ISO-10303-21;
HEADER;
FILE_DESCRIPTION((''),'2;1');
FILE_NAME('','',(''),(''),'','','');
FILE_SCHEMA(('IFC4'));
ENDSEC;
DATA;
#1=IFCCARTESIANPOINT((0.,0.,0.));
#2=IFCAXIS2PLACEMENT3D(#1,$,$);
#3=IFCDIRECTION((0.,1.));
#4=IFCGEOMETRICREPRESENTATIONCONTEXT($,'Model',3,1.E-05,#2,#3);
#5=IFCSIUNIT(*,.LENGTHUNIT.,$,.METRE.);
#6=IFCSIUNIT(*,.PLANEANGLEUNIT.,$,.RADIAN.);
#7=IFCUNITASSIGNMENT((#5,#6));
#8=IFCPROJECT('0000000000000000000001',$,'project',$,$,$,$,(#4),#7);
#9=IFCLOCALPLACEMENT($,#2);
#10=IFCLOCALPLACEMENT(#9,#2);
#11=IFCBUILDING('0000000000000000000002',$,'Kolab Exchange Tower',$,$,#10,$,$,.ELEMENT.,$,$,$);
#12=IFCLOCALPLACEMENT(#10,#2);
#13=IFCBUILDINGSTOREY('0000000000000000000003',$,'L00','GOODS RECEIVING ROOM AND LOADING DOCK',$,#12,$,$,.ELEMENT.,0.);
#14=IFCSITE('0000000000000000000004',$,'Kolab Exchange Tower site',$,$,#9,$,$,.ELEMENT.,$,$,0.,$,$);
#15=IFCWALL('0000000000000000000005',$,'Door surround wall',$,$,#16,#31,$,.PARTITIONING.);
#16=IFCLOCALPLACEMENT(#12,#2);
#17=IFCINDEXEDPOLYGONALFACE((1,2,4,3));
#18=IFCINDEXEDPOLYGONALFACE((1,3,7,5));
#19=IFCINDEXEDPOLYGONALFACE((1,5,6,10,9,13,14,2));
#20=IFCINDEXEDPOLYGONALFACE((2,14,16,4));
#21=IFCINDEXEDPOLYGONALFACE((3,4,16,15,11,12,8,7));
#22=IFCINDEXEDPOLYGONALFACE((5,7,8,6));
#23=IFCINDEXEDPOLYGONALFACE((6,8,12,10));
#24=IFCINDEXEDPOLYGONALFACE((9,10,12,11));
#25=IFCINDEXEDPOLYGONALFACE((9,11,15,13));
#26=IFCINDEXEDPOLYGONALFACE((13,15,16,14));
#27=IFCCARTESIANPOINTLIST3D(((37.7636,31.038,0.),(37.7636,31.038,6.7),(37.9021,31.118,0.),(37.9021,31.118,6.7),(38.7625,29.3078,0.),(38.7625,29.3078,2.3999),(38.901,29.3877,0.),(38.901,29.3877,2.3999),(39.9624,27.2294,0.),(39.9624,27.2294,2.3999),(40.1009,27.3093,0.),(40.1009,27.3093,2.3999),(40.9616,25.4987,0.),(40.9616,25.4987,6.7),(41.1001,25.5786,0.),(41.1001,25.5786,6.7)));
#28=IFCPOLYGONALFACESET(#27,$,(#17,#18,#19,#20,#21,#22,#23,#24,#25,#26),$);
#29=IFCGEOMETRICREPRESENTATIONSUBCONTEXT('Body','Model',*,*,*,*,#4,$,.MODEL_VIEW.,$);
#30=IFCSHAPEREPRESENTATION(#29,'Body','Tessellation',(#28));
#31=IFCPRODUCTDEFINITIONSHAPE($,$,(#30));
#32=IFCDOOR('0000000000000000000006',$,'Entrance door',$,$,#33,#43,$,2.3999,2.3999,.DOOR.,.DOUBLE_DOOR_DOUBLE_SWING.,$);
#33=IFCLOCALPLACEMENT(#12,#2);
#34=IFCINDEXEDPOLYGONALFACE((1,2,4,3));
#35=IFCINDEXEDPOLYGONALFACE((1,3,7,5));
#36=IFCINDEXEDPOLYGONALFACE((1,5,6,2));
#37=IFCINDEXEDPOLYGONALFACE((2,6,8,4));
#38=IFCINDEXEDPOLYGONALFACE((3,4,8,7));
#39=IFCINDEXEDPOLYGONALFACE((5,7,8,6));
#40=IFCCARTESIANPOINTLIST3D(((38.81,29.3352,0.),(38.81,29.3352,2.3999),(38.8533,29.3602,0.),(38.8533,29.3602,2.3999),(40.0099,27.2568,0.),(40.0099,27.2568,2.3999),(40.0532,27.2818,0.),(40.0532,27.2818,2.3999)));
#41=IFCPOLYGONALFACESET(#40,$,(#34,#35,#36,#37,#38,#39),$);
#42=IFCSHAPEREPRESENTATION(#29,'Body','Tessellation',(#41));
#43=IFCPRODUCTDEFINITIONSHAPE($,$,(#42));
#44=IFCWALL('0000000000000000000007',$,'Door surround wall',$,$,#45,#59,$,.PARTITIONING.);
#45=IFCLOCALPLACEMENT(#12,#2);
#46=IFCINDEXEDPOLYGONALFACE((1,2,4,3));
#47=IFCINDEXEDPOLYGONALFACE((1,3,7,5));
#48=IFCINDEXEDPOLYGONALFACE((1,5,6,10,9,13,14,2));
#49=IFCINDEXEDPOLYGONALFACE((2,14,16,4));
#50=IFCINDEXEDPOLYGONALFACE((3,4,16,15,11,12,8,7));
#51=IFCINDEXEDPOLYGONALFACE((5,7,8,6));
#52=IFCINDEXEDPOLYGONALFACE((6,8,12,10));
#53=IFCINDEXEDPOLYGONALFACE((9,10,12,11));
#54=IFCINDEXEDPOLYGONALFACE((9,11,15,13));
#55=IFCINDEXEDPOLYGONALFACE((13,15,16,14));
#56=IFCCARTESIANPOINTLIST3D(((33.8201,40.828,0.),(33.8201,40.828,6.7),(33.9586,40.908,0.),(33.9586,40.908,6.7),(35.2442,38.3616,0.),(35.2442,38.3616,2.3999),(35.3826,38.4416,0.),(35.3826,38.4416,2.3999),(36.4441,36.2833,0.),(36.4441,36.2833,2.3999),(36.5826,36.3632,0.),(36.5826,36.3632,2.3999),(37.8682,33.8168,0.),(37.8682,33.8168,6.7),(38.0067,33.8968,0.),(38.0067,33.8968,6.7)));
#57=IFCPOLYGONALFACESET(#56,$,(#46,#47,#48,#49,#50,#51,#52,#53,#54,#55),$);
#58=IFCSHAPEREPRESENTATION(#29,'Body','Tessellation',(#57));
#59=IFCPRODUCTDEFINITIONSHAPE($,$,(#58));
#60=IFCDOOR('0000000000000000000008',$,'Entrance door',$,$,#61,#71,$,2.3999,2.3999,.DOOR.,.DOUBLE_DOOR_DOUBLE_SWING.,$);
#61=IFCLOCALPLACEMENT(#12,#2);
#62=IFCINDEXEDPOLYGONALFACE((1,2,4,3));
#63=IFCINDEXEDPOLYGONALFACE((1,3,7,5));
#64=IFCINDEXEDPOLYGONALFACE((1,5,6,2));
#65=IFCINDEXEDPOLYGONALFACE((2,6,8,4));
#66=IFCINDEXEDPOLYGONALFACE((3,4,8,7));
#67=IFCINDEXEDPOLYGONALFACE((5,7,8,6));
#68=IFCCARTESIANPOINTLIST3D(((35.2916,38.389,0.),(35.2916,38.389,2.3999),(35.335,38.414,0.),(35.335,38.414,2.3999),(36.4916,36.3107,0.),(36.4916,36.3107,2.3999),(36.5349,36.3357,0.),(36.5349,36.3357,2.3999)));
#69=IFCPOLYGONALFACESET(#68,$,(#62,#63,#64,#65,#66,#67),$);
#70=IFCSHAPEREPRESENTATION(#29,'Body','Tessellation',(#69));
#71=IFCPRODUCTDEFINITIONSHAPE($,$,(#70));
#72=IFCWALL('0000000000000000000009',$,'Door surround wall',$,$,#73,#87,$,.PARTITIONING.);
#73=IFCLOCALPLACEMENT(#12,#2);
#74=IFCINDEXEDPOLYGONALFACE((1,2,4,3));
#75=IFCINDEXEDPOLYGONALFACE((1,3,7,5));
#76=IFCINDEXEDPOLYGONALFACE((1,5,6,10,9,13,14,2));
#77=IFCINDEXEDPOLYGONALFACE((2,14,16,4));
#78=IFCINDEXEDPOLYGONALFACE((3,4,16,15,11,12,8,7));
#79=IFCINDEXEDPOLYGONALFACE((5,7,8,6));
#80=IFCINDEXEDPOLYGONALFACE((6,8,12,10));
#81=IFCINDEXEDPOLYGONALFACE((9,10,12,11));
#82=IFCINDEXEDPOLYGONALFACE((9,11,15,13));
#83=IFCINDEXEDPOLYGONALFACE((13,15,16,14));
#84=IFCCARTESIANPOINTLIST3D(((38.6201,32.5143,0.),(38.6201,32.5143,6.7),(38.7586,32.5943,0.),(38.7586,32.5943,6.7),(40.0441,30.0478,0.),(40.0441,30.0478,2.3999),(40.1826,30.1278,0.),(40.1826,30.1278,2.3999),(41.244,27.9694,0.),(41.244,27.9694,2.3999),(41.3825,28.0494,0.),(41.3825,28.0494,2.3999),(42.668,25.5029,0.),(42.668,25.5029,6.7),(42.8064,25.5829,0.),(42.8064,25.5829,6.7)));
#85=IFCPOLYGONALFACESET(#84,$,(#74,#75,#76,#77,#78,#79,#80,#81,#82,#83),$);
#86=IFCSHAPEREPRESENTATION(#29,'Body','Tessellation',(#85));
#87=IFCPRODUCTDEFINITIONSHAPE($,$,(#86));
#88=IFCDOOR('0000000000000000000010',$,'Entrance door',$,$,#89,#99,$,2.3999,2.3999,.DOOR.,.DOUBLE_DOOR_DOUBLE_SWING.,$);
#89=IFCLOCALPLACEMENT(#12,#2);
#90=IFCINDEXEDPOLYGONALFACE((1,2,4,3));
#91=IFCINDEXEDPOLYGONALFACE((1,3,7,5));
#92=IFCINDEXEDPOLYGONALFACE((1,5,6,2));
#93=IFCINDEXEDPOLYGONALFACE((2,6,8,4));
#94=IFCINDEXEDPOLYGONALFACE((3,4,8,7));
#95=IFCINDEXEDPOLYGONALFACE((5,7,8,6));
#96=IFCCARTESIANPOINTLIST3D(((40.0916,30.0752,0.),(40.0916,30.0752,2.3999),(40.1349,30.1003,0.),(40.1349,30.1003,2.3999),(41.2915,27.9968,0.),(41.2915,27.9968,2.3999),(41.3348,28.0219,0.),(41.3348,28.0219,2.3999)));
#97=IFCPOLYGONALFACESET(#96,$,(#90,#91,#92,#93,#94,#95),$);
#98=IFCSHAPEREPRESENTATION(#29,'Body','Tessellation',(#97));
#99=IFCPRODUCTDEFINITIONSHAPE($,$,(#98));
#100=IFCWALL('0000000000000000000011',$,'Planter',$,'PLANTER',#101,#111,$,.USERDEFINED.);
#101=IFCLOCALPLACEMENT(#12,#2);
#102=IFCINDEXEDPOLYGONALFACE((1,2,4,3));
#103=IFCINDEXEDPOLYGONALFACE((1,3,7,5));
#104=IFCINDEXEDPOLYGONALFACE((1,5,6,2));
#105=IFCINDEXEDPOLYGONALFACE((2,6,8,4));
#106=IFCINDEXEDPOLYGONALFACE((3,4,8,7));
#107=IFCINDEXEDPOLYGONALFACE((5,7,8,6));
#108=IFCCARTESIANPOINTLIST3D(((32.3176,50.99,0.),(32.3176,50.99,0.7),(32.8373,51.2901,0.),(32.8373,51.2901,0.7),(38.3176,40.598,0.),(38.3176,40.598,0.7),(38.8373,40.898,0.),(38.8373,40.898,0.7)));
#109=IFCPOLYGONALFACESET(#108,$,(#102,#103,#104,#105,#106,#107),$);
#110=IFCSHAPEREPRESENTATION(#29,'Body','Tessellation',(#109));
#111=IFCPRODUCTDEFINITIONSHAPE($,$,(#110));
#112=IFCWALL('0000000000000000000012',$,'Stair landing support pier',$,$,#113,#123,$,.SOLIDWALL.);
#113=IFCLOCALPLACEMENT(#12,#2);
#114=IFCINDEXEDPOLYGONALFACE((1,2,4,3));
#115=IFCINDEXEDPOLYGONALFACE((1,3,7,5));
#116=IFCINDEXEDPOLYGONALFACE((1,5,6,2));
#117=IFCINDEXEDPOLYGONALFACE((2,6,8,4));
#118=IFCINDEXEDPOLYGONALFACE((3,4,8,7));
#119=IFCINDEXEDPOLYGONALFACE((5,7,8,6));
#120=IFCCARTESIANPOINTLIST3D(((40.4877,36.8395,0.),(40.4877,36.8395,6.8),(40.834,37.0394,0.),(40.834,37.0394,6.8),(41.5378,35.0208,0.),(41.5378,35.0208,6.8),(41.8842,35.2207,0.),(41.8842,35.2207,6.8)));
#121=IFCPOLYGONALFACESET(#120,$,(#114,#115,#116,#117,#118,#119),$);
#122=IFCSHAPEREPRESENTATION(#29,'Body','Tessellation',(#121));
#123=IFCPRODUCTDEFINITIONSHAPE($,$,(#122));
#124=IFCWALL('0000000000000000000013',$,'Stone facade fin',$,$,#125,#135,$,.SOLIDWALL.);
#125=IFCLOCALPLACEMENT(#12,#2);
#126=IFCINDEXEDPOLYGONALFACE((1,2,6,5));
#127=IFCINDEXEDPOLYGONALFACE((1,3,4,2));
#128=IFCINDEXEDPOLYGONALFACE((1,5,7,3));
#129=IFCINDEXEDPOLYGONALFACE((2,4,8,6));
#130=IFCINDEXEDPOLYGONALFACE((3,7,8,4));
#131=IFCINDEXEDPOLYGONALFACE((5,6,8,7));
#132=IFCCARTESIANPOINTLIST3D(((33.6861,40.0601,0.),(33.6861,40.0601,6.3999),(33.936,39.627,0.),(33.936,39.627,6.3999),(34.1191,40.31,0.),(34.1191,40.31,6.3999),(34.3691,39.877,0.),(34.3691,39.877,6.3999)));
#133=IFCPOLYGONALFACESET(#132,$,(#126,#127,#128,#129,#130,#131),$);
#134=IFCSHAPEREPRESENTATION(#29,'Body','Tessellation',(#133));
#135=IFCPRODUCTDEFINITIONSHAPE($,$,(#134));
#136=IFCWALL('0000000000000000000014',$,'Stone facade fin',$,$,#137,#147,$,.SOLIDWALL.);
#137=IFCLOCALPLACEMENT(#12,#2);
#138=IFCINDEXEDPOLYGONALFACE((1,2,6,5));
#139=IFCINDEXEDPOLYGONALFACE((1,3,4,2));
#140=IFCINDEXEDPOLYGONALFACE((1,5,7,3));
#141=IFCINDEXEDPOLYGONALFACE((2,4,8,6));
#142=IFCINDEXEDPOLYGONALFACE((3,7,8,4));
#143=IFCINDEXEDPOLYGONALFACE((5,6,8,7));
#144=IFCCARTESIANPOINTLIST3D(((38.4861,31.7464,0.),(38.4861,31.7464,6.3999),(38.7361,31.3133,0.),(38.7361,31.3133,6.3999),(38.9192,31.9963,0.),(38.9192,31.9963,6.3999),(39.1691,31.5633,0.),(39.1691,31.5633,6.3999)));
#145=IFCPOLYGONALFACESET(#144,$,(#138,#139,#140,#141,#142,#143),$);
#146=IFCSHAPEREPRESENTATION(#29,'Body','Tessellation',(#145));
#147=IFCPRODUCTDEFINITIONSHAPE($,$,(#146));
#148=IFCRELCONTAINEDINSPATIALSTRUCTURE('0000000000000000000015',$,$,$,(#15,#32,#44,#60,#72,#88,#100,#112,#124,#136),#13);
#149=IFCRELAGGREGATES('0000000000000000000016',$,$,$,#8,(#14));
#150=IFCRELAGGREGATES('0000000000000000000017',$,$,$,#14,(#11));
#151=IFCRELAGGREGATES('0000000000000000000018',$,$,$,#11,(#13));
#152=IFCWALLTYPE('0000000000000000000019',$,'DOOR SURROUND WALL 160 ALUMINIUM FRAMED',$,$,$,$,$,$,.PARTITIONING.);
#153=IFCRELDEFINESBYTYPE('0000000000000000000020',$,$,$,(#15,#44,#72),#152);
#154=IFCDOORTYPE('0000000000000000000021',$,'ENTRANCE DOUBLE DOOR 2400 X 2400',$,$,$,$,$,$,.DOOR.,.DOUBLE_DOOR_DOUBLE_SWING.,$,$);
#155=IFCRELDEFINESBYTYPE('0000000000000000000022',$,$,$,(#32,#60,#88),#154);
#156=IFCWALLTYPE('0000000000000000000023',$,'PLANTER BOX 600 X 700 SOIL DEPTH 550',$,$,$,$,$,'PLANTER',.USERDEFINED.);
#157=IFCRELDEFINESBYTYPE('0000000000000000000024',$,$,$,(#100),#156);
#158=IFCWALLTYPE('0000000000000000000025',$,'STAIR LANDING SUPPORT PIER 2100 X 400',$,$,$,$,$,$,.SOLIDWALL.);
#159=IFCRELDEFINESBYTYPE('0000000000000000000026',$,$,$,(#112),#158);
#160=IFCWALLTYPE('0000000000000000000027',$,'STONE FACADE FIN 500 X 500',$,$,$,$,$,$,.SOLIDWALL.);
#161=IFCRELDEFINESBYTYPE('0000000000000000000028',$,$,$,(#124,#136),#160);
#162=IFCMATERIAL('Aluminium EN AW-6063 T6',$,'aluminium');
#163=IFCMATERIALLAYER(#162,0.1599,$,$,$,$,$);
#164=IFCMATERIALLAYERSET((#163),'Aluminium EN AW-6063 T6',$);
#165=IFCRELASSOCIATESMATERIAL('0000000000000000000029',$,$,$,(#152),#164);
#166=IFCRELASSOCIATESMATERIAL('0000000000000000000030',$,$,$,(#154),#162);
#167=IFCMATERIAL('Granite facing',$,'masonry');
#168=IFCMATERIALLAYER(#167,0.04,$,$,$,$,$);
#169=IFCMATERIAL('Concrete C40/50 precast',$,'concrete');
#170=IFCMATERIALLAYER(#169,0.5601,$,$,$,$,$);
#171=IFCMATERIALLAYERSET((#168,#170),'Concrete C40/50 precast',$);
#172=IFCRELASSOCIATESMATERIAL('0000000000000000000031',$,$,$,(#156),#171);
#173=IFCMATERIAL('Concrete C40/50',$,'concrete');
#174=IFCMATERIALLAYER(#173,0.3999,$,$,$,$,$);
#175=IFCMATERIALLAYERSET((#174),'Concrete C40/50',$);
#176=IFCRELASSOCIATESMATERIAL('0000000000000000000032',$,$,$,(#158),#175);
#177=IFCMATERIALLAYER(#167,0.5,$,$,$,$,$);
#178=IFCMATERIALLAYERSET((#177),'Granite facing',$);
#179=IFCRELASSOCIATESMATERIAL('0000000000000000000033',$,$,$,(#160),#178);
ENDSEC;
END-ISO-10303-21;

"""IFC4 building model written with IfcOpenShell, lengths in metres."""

from ifc_helpers import new_model, si_unit, direction, frame, frame_2d, origin, place, context, subcontext, project, spatial, rectangle, extrude, material, layer, layer_set, type_object, element, fill, save


model = new_model("IFC4")

# Units and contexts
model_context = context("Model", 3, precision=1e-05, world=origin(), true_north=direction((0.0, 1.0)))
body_context = subcontext(model_context, "Body", "Model", "MODEL_VIEW")
ifc_project = project(units=[si_unit("LENGTHUNIT", "METRE"), si_unit("PLANEANGLEUNIT", "RADIAN")], contexts=[model_context])

# Site, building, storey
site_placement = place(None, origin())
site = spatial("IfcSite", under=ifc_project, at=site_placement, Name="Kolab Exchange Tower site", CompositionType="ELEMENT", RefElevation=0.0)
building_placement = place(site_placement, origin())
building = spatial("IfcBuilding", under=site, at=building_placement, Name="Kolab Exchange Tower", CompositionType="ELEMENT")
storey_placement = place(building_placement, origin())
storey = spatial("IfcBuildingStorey", under=building, at=storey_placement, Name="L00", Description="GOODS RECEIVING ROOM AND LOADING DOCK", CompositionType="ELEMENT", Elevation=0.0)

# Shared definitions
ifc_material_1 = material(Name="Aluminium EN AW-6063 T6", Category="aluminium")

# Walls, openings, doors
ifc_layer_1 = layer(ifc_material_1, 0.1599)
ifc_layer_set_1 = layer_set([ifc_layer_1], Name="Aluminium EN AW-6063 T6")
wall_type_1 = type_object("IfcWallType", Name="DOOR SURROUND WALL 160 ALUMINIUM FRAMED", PredefinedType="PARTITIONING", material=ifc_layer_set_1)
door_type = type_object("IfcDoorType", Name="ENTRANCE DOUBLE DOOR 2400 X 2400", OperationType="DOUBLE_DOOR_DOUBLE_SWING", PredefinedType="DOOR", material=ifc_material_1)
wall_1_placement = place(storey_placement, frame((37.8328, 31.0781, 0.0), z_axis=(0.0, 0.0, 1.0), x_axis=(0.499986, -0.866034, 0.0)))
wall_1 = element("IfcWall", 1, at=wall_1_placement, inside=storey, type_object=wall_type_1, Name="Door surround wall", PredefinedType="PARTITIONING", context=body_context, shape_type="SweptSolid", body=[
    extrude(rectangle(XDim=6.3962, YDim=0.1599, at=frame_2d((3.1982, 0.0))), origin(), (0.0, 0.0, 1.0), 6.7),
])
opening_1_placement = place(wall_1_placement, frame((1.998, 0.0, 0.0)))
opening_1 = element("IfcOpeningElement", 2, at=opening_1_placement, cuts=wall_1, PredefinedType="OPENING", context=body_context, shape_type="SweptSolid", body=[
    extrude(rectangle(XDim=2.3999, YDim=2.3999, at=frame_2d((1.2, 1.2))), frame((0.0, 0.0898, 0.0), z_axis=(0.0, -1.0, 0.0), x_axis=(1.0, 0.0, 0.0)), (0.0, 0.0, 1.0), 0.1799),
])
door_1_placement = place(opening_1_placement, origin())
door_1 = element("IfcDoor", 3, at=door_1_placement, inside=storey, type_object=door_type, Name="Entrance door", OperationType="DOUBLE_DOOR_DOUBLE_SWING", OverallHeight=2.3999, OverallWidth=2.3999, PredefinedType="DOOR", context=body_context, shape_type="SweptSolid", body=[
    extrude(rectangle(XDim=2.3999, YDim=2.3999, at=frame_2d((1.2, 1.2))), frame((0.0, 0.0249, 0.0), z_axis=(0.0, -1.0, 0.0), x_axis=(1.0, 0.0, 0.0)), (0.0, 0.0, 1.0), 0.05),
])
fill(opening_1, door_1)
wall_2_placement = place(storey_placement, frame((33.8894, 40.8679, 0.0), z_axis=(0.0, 0.0, 1.0), x_axis=(0.500015, -0.866017, 0.0)))
wall_2 = element("IfcWall", 4, at=wall_2_placement, inside=storey, type_object=wall_type_1, Name="Door surround wall", PredefinedType="PARTITIONING", context=body_context, shape_type="SweptSolid", body=[
    extrude(rectangle(XDim=8.0959, YDim=0.1599, at=frame_2d((4.0479, 0.0))), origin(), (0.0, 0.0, 1.0), 6.7),
])
opening_2_placement = place(wall_2_placement, frame((2.8479, 0.0, 0.0)))
opening_2 = element("IfcOpeningElement", 5, at=opening_2_placement, cuts=wall_2, PredefinedType="OPENING", context=body_context, shape_type="SweptSolid", body=[
    extrude(rectangle(XDim=2.3999, YDim=2.3999, at=frame_2d((1.2, 1.2))), frame((0.0, 0.0898, 0.0), z_axis=(0.0, -1.0, 0.0), x_axis=(1.0, 0.0, 0.0)), (0.0, 0.0, 1.0), 0.1799),
])
door_2_placement = place(opening_2_placement, origin())
door_2 = element("IfcDoor", 6, at=door_2_placement, inside=storey, type_object=door_type, Name="Entrance door", OperationType="DOUBLE_DOOR_DOUBLE_SWING", OverallHeight=2.3999, OverallWidth=2.3999, PredefinedType="DOOR", context=body_context, shape_type="SweptSolid", body=[
    extrude(rectangle(XDim=2.3999, YDim=2.3999, at=frame_2d((1.2, 1.2))), frame((0.0, 0.0249, 0.0), z_axis=(0.0, -1.0, 0.0), x_axis=(1.0, 0.0, 0.0)), (0.0, 0.0, 1.0), 0.05),
])
fill(opening_2, door_2)
wall_3_placement = place(storey_placement, frame((38.6895, 32.5542, 0.0), z_axis=(0.0, 0.0, 1.0), x_axis=(0.499979, -0.866037, 0.0)))
wall_3 = element("IfcWall", 7, at=wall_3_placement, inside=storey, type_object=wall_type_1, Name="Door surround wall", PredefinedType="PARTITIONING", context=body_context, shape_type="SweptSolid", body=[
    extrude(rectangle(XDim=8.0959, YDim=0.1599, at=frame_2d((4.0479, 0.0))), origin(), (0.0, 0.0, 1.0), 6.7),
])
opening_3_placement = place(wall_3_placement, frame((2.8479, 0.0, 0.0)))
opening_3 = element("IfcOpeningElement", 8, at=opening_3_placement, cuts=wall_3, PredefinedType="OPENING", context=body_context, shape_type="SweptSolid", body=[
    extrude(rectangle(XDim=2.3999, YDim=2.3999, at=frame_2d((1.2, 1.2))), frame((0.0, 0.0898, 0.0), z_axis=(0.0, -1.0, 0.0), x_axis=(1.0, 0.0, 0.0)), (0.0, 0.0, 1.0), 0.1799),
])
door_3_placement = place(opening_3_placement, origin())
door_3 = element("IfcDoor", 9, at=door_3_placement, inside=storey, type_object=door_type, Name="Entrance door", OperationType="DOUBLE_DOOR_DOUBLE_SWING", OverallHeight=2.3999, OverallWidth=2.3999, PredefinedType="DOOR", context=body_context, shape_type="SweptSolid", body=[
    extrude(rectangle(XDim=2.3999, YDim=2.3999, at=frame_2d((1.2, 1.2))), frame((0.0, 0.0249, 0.0), z_axis=(0.0, -1.0, 0.0), x_axis=(1.0, 0.0, 0.0)), (0.0, 0.0, 1.0), 0.05),
])
fill(opening_3, door_3)

# Walls
ifc_material_2 = material(Name="Granite facing", Category="masonry")
ifc_layer_2 = layer(ifc_material_2, 0.04)
ifc_material_3 = material(Name="Concrete C40/50 precast", Category="concrete")
ifc_layer_3 = layer(ifc_material_3, 0.5601)
ifc_layer_set_2 = layer_set([ifc_layer_2, ifc_layer_3], Name="Concrete C40/50 precast")
wall_type_2 = type_object("IfcWallType", Name="PLANTER BOX 600 X 700 SOIL DEPTH 550", ElementType="PLANTER", PredefinedType="USERDEFINED", material=ifc_layer_set_2)
wall_4_placement = place(storey_placement, frame((32.5774, 51.1401, 0.0), z_axis=(0.0, 0.0, 1.0), x_axis=(0.500008, -0.866021, 0.0)))
element("IfcWall", 10, at=wall_4_placement, inside=storey, type_object=wall_type_2, Name="Planter", ObjectType="PLANTER", PredefinedType="USERDEFINED", context=body_context, shape_type="SweptSolid", body=[
    extrude(rectangle(XDim=11.9998, YDim=0.6001, at=frame_2d((6.0, 0.0))), origin(), (0.0, 0.0, 1.0), 0.7),
])
ifc_material_4 = material(Name="Concrete C40/50", Category="concrete")
ifc_layer_4 = layer(ifc_material_4, 0.3999)
ifc_layer_set_3 = layer_set([ifc_layer_4], Name="Concrete C40/50")
wall_type_3 = type_object("IfcWallType", Name="STAIR LANDING SUPPORT PIER 2100 X 400", PredefinedType="SOLIDWALL", material=ifc_layer_set_3)
wall_5_placement = place(storey_placement, frame((40.6609, 36.9395, 0.0), z_axis=(0.0, 0.0, 1.0), x_axis=(0.500028, -0.866009, 0.0)))
element("IfcWall", 11, at=wall_5_placement, inside=storey, type_object=wall_type_3, Name="Stair landing support pier", PredefinedType="SOLIDWALL", context=body_context, shape_type="SweptSolid", body=[
    extrude(rectangle(XDim=2.1001, YDim=0.3999, at=frame_2d((1.05, 0.0))), origin(), (0.0, 0.0, 1.0), 6.8),
])
ifc_layer_5 = layer(ifc_material_2, 0.5)
ifc_layer_set_4 = layer_set([ifc_layer_5], Name="Granite facing")
wall_type_4 = type_object("IfcWallType", Name="STONE FACADE FIN 500 X 500", PredefinedType="SOLIDWALL", material=ifc_layer_set_4)
for number, where, z_axis, x_axis, name in (
    (12, (33.9026, 40.1851, 0.0), (0.0, 0.0, 1.0), (0.49992, -0.866072, 0.0), "Stone facade fin"),
    (13, (38.7026, 31.8713, 0.0), (0.0, 0.0, 1.0), (0.49992, -0.866072, 0.0), "Stone facade fin"),
):
    element("IfcWall", number, at=place(storey_placement, frame(where, z_axis=z_axis, x_axis=x_axis)), inside=storey, type_object=wall_type_4, Name=name, PredefinedType="SOLIDWALL", context=body_context, shape_type="SweptSolid", body=[
        extrude(rectangle(XDim=0.5, YDim=0.5, at=frame_2d((0.25, 0.0))), origin(), (0.0, 0.0, 1.0), 6.3999),
    ])

save(model, "model.ifc")
